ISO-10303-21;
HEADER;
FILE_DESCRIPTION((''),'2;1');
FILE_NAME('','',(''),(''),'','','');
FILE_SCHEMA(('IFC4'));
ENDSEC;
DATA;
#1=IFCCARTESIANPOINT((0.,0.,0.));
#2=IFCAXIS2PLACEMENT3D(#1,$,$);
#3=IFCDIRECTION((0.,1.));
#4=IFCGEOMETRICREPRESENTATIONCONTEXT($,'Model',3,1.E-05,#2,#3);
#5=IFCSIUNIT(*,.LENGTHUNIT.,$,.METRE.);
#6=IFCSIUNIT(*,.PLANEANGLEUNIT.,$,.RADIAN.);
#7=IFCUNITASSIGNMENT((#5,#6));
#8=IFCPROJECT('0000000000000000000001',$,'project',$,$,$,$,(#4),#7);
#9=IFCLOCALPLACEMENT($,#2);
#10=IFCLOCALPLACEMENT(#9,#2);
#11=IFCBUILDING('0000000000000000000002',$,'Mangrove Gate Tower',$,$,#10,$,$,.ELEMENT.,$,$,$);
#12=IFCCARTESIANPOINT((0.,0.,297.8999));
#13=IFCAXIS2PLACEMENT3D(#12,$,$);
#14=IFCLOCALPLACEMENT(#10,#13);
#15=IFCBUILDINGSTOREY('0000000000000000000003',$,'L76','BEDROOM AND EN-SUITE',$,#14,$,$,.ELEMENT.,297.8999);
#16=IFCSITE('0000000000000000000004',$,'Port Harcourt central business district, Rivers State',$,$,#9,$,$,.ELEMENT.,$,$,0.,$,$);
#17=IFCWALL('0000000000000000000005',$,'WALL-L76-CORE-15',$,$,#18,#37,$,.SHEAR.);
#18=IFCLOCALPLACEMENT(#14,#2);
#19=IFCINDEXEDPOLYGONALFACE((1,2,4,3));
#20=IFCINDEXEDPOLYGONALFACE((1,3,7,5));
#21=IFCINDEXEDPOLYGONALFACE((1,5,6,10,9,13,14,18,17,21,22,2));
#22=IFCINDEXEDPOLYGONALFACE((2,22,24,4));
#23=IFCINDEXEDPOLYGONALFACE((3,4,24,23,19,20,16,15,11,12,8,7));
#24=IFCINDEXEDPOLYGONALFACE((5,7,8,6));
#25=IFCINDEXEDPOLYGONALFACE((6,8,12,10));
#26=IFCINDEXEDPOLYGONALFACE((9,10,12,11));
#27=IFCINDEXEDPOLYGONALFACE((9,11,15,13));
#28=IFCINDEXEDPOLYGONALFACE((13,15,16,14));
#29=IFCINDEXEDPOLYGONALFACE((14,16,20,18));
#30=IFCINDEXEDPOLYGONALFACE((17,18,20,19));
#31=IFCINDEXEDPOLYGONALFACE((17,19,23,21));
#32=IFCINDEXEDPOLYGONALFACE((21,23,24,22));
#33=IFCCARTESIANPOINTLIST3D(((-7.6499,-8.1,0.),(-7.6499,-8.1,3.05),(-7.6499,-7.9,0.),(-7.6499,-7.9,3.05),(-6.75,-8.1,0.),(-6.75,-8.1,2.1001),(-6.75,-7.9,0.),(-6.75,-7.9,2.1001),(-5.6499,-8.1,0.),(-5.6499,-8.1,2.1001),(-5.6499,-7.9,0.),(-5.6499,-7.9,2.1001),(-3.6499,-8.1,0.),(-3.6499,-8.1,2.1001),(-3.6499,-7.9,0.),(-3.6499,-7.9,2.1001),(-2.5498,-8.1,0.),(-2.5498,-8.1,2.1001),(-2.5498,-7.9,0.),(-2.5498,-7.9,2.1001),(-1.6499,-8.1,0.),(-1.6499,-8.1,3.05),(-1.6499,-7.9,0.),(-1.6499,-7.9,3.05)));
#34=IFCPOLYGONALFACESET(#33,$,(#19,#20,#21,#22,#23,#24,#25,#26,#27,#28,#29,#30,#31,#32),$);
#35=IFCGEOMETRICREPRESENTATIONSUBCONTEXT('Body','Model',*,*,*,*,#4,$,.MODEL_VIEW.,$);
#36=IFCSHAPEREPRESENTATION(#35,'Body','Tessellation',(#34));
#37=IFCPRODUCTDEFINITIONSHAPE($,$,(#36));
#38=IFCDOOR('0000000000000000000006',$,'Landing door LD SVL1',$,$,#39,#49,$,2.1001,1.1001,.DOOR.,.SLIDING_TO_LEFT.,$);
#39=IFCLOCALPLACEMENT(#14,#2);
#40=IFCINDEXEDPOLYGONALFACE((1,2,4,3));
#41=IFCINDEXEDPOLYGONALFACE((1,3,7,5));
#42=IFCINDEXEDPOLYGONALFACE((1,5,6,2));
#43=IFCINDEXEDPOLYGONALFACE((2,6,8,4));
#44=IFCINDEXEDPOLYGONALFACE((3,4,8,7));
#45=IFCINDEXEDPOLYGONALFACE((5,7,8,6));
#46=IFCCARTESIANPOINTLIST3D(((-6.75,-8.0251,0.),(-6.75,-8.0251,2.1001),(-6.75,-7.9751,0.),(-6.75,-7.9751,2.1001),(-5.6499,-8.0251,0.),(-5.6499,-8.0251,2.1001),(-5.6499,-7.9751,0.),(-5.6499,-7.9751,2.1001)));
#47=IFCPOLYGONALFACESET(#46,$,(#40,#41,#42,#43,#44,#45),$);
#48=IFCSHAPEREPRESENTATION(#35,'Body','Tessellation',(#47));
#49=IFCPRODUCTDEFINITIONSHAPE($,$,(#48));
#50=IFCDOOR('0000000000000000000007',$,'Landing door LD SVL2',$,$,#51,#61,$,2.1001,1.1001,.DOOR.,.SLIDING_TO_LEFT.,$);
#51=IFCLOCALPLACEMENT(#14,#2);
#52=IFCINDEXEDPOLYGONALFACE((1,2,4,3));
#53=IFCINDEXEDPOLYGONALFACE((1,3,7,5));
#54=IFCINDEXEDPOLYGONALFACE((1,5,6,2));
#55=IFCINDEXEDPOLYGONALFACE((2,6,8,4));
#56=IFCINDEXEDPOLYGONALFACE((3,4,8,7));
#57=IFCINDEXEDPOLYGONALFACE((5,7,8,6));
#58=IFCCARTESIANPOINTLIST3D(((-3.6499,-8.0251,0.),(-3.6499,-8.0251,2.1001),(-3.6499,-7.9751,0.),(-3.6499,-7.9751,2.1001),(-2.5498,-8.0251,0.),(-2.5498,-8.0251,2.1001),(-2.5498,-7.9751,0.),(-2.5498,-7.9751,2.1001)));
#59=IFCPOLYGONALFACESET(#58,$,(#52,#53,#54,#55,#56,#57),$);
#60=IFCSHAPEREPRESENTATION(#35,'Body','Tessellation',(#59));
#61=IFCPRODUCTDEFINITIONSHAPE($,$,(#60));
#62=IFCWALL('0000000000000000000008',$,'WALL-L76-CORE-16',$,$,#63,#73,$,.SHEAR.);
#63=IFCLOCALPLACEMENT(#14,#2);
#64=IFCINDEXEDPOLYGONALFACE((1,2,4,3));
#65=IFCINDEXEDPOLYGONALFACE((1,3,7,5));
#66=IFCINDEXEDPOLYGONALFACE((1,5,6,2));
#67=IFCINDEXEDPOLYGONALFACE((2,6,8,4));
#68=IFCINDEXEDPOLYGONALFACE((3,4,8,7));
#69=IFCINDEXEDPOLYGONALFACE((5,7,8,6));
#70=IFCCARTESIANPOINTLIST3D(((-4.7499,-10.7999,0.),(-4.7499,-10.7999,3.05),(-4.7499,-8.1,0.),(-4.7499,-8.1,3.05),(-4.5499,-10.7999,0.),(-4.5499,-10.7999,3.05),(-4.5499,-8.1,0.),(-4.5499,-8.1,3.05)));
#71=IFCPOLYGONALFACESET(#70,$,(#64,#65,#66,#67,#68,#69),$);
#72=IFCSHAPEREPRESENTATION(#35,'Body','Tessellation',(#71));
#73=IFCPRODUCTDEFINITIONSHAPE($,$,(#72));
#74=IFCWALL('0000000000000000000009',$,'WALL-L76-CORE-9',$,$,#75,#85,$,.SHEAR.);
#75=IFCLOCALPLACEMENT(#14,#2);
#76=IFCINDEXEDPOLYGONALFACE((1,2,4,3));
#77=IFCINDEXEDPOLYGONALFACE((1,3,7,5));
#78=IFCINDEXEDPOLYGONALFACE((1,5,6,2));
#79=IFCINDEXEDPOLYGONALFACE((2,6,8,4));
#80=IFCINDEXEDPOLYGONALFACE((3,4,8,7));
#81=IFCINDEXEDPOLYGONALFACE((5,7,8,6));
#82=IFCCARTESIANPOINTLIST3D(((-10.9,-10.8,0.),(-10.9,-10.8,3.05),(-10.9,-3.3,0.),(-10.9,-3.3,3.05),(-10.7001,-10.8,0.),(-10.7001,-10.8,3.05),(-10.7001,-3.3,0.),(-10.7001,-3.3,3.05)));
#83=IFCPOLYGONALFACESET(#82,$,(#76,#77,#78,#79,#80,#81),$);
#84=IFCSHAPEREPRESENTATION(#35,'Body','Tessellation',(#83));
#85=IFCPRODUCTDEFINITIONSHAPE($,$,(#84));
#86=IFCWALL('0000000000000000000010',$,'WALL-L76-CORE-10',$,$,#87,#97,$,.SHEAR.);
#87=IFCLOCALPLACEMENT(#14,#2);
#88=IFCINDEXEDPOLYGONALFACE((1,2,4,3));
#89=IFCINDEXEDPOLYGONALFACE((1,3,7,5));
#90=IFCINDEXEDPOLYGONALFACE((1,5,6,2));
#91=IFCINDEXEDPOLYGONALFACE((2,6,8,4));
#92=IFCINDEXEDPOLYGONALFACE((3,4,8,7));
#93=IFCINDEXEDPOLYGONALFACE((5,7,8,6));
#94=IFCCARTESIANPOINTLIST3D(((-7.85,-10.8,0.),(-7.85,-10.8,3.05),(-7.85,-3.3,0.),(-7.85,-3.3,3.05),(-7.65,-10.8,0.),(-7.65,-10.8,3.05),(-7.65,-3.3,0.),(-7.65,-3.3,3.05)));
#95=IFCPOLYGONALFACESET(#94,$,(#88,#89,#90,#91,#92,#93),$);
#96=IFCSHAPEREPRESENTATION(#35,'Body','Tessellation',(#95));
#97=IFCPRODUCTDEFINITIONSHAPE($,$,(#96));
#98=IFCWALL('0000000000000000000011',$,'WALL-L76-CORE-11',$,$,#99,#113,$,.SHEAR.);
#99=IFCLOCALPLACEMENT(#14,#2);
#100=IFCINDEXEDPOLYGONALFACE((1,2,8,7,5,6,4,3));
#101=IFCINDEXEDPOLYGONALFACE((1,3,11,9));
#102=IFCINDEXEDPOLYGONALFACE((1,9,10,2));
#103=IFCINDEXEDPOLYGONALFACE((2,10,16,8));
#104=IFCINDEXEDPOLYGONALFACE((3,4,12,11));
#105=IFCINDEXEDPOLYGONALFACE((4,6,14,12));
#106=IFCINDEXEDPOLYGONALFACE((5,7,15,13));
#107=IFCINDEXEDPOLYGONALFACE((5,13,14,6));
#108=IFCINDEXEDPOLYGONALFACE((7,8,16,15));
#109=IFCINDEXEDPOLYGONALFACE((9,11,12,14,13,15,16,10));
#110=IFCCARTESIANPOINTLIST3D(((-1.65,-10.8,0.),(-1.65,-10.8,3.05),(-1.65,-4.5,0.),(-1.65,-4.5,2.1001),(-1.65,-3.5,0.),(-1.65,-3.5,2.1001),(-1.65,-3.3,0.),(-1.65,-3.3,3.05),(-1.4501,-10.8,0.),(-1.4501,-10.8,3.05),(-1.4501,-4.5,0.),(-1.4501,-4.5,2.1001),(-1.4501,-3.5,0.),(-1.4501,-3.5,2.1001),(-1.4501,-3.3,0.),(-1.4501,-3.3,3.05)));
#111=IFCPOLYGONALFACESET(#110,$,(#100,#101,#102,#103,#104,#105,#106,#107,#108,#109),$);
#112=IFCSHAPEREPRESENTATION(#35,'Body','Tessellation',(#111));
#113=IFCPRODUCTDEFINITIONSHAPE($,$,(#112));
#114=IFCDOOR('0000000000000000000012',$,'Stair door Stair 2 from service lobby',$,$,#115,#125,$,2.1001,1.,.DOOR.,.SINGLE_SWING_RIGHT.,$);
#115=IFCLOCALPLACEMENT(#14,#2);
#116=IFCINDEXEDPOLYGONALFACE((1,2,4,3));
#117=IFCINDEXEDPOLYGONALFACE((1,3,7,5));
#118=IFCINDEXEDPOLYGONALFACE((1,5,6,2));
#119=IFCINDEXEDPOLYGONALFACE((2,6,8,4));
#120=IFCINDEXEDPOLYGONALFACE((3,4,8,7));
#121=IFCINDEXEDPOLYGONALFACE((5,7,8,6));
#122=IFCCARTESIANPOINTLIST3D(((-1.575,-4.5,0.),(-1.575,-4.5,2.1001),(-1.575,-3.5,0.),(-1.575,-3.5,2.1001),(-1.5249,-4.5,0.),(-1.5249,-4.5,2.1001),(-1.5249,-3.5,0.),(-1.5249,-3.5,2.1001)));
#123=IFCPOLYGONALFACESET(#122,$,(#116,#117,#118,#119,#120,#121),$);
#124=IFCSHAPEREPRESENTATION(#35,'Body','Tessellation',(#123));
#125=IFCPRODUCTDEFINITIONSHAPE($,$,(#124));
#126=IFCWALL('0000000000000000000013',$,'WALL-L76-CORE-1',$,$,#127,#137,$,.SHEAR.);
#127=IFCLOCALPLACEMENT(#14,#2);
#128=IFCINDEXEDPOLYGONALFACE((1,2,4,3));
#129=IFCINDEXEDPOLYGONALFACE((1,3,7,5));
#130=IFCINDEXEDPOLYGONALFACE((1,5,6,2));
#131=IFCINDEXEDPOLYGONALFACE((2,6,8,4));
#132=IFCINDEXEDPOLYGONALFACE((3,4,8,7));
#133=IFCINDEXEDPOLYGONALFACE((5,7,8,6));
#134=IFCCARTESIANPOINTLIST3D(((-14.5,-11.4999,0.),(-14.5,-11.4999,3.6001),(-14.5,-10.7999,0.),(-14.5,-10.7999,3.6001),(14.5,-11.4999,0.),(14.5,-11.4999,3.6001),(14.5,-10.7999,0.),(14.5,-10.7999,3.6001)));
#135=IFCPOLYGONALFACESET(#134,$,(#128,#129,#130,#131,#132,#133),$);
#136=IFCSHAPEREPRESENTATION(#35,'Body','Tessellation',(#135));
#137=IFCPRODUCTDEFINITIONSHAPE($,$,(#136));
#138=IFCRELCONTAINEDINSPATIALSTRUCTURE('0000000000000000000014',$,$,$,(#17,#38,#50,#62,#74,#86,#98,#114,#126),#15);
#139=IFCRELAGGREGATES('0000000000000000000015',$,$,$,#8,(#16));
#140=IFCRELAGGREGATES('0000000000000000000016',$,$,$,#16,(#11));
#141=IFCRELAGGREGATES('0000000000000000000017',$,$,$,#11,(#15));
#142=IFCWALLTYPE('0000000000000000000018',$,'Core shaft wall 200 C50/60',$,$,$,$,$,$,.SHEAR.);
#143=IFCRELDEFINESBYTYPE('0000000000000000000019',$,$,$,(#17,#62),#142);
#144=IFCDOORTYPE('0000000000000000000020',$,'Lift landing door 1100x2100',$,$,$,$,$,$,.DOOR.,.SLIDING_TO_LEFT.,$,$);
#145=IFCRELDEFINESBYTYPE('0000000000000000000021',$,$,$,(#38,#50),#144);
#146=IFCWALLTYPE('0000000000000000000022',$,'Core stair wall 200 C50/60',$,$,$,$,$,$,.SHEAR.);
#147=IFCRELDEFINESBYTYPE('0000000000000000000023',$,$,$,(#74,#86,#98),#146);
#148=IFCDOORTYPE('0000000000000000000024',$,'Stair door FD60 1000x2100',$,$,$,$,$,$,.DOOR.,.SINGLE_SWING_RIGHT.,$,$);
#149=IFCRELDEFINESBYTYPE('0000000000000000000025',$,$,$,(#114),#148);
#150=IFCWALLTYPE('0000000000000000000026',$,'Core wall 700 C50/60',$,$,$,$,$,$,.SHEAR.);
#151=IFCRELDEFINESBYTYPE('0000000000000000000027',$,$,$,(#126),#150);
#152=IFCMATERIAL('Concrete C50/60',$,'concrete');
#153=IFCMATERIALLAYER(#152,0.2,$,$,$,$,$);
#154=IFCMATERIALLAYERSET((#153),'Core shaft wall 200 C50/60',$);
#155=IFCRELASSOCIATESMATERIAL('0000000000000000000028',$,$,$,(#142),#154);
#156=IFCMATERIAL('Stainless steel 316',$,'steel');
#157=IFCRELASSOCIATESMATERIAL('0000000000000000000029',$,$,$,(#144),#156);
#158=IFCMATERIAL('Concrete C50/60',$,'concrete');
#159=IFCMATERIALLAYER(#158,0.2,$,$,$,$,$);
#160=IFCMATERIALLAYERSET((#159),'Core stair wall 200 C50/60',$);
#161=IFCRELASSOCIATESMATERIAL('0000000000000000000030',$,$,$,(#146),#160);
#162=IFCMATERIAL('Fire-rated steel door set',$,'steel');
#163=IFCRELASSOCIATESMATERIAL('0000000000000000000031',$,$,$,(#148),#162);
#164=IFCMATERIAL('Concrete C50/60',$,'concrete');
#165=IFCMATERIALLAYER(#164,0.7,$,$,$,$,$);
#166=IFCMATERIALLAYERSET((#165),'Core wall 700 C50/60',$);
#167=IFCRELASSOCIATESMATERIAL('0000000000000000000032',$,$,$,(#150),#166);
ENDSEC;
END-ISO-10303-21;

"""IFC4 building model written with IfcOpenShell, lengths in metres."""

from ifc_helpers import new_model, si_unit, direction, frame, frame_2d, origin, place, context, subcontext, project, spatial, rectangle, extrude, material, layer, layer_set, type_object, element, fill, save


model = new_model("IFC4")

# Units and contexts
model_context = context("Model", 3, precision=1e-05, world=origin(), true_north=direction((0.0, 1.0)))
body_context = subcontext(model_context, "Body", "Model", "MODEL_VIEW")
ifc_project = project(units=[si_unit("LENGTHUNIT", "METRE"), si_unit("PLANEANGLEUNIT", "RADIAN")], contexts=[model_context])

# Site, building, storey
site_placement = place(None, origin())
site = spatial("IfcSite", under=ifc_project, at=site_placement, Name="Port Harcourt central business district, Rivers State", CompositionType="ELEMENT", RefElevation=0.0)
building_placement = place(site_placement, origin())
building = spatial("IfcBuilding", under=site, at=building_placement, Name="Mangrove Gate Tower", CompositionType="ELEMENT")
storey_placement = place(building_placement, frame((0.0, 0.0, 297.8999)))
storey = spatial("IfcBuildingStorey", under=building, at=storey_placement, Name="L76", Description="BEDROOM AND EN-SUITE", CompositionType="ELEMENT", Elevation=297.8999)

# Wall, openings, doors
ifc_material_1 = material(Name="Concrete C50/60", Category="concrete")
ifc_layer_1 = layer(ifc_material_1, 0.2)
ifc_layer_set_1 = layer_set([ifc_layer_1], Name="Core shaft wall 200 C50/60")
wall_type_1 = type_object("IfcWallType", Name="Core shaft wall 200 C50/60", PredefinedType="SHEAR", material=ifc_layer_set_1)
wall_1_placement = place(storey_placement, frame((-7.6499, -8.0, 0.0), z_axis=(0.0, 0.0, 1.0), x_axis=(1.0, 0.0, 0.0)))
wall_1 = element("IfcWall", 1, at=wall_1_placement, inside=storey, type_object=wall_type_1, Name="WALL-L76-CORE-15", PredefinedType="SHEAR", context=body_context, shape_type="SweptSolid", body=[
    extrude(rectangle(XDim=6.0, YDim=0.2, at=frame_2d((3.0, 0.0))), origin(), (0.0, 0.0, 1.0), 3.05),
])
opening_1_placement = place(wall_1_placement, frame((0.8999, 0.0, 0.0)))
opening_1 = element("IfcOpeningElement", 2, at=opening_1_placement, cuts=wall_1, PredefinedType="OPENING", context=body_context, shape_type="SweptSolid", body=[
    extrude(rectangle(XDim=1.1001, YDim=2.1001, at=frame_2d((0.55, 1.05))), frame((0.0, 0.1099, 0.0), z_axis=(0.0, -1.0, 0.0), x_axis=(1.0, 0.0, 0.0)), (0.0, 0.0, 1.0), 0.22),
])
opening_2_placement = place(wall_1_placement, frame((4.0, 0.0, 0.0)))
opening_2 = element("IfcOpeningElement", 3, at=opening_2_placement, cuts=wall_1, PredefinedType="OPENING", context=body_context, shape_type="SweptSolid", body=[
    extrude(rectangle(XDim=1.1001, YDim=2.1001, at=frame_2d((0.55, 1.05))), frame((0.0, 0.1099, 0.0), z_axis=(0.0, -1.0, 0.0), x_axis=(1.0, 0.0, 0.0)), (0.0, 0.0, 1.0), 0.22),
])
ifc_material_2 = material(Name="Stainless steel 316", Category="steel")
door_type_1 = type_object("IfcDoorType", Name="Lift landing door 1100x2100", OperationType="SLIDING_TO_LEFT", PredefinedType="DOOR", material=ifc_material_2)
door_1_placement = place(opening_1_placement, origin())
door_1 = element("IfcDoor", 4, at=door_1_placement, inside=storey, type_object=door_type_1, Name="Landing door LD SVL1", OperationType="SLIDING_TO_LEFT", OverallHeight=2.1001, OverallWidth=1.1001, PredefinedType="DOOR", context=body_context, shape_type="SweptSolid", body=[
    extrude(rectangle(XDim=1.1001, YDim=2.1001, at=frame_2d((0.55, 1.05))), frame((0.0, 0.0249, 0.0), z_axis=(0.0, -1.0, 0.0), x_axis=(1.0, 0.0, 0.0)), (0.0, 0.0, 1.0), 0.05),
])
fill(opening_1, door_1)
door_2_placement = place(opening_2_placement, origin())
door_2 = element("IfcDoor", 5, at=door_2_placement, inside=storey, type_object=door_type_1, Name="Landing door LD SVL2", OperationType="SLIDING_TO_LEFT", OverallHeight=2.1001, OverallWidth=1.1001, PredefinedType="DOOR", context=body_context, shape_type="SweptSolid", body=[
    extrude(rectangle(XDim=1.1001, YDim=2.1001, at=frame_2d((0.55, 1.05))), frame((0.0, 0.0249, 0.0), z_axis=(0.0, -1.0, 0.0), x_axis=(1.0, 0.0, 0.0)), (0.0, 0.0, 1.0), 0.05),
])
fill(opening_2, door_2)

# Walls
wall_2_placement = place(storey_placement, frame((-4.6499, -10.8, 0.0), z_axis=(0.0, 0.0, 1.0), x_axis=(0.0, 1.0, 0.0)))
element("IfcWall", 6, at=wall_2_placement, inside=storey, type_object=wall_type_1, Name="WALL-L76-CORE-16", PredefinedType="SHEAR", context=body_context, shape_type="SweptSolid", body=[
    extrude(rectangle(XDim=2.7, YDim=0.2, at=frame_2d((1.3501, 0.0))), origin(), (0.0, 0.0, 1.0), 3.05),
])
ifc_material_3 = material(Name="Concrete C50/60", Category="concrete")
ifc_layer_2 = layer(ifc_material_3, 0.2)
ifc_layer_set_2 = layer_set([ifc_layer_2], Name="Core stair wall 200 C50/60")
wall_type_2 = type_object("IfcWallType", Name="Core stair wall 200 C50/60", PredefinedType="SHEAR", material=ifc_layer_set_2)
for number, where, z_axis, x_axis, name in (
    (7, (-10.8, -10.8, 0.0), (0.0, 0.0, 1.0), (0.0, 1.0, 0.0), "WALL-L76-CORE-9"),
    (8, (-7.75, -10.8, 0.0), (0.0, 0.0, 1.0), (0.0, 1.0, 0.0), "WALL-L76-CORE-10"),
):
    element("IfcWall", number, at=place(storey_placement, frame(where, z_axis=z_axis, x_axis=x_axis)), inside=storey, type_object=wall_type_2, Name=name, PredefinedType="SHEAR", context=body_context, shape_type="SweptSolid", body=[
        extrude(rectangle(XDim=7.5, YDim=0.2, at=frame_2d((3.75, 0.0))), origin(), (0.0, 0.0, 1.0), 3.05),
    ])

# Wall, opening, door
wall_3_placement = place(storey_placement, frame((-1.55, -10.8, 0.0), z_axis=(0.0, 0.0, 1.0), x_axis=(0.0, 1.0, 0.0)))
wall_3 = element("IfcWall", 9, at=wall_3_placement, inside=storey, type_object=wall_type_2, Name="WALL-L76-CORE-11", PredefinedType="SHEAR", context=body_context, shape_type="SweptSolid", body=[
    extrude(rectangle(XDim=7.5, YDim=0.2, at=frame_2d((3.75, 0.0))), origin(), (0.0, 0.0, 1.0), 3.05),
])
opening_3_placement = place(wall_3_placement, frame((6.3, 0.0, 0.0)))
opening_3 = element("IfcOpeningElement", 10, at=opening_3_placement, cuts=wall_3, PredefinedType="OPENING", context=body_context, shape_type="SweptSolid", body=[
    extrude(rectangle(XDim=1.0, YDim=2.1001, at=frame_2d((0.5, 1.05))), frame((0.0, 0.1099, 0.0), z_axis=(0.0, -1.0, 0.0), x_axis=(1.0, 0.0, 0.0)), (0.0, 0.0, 1.0), 0.22),
])
ifc_material_4 = material(Name="Fire-rated steel door set", Category="steel")
door_type_2 = type_object("IfcDoorType", Name="Stair door FD60 1000x2100", OperationType="SINGLE_SWING_RIGHT", PredefinedType="DOOR", material=ifc_material_4)
door_3_placement = place(opening_3_placement, origin())
door_3 = element("IfcDoor", 11, at=door_3_placement, inside=storey, type_object=door_type_2, Name="Stair door Stair 2 from service lobby", OperationType="SINGLE_SWING_RIGHT", OverallHeight=2.1001, OverallWidth=1.0, PredefinedType="DOOR", context=body_context, shape_type="SweptSolid", body=[
    extrude(rectangle(XDim=1.0, YDim=2.1001, at=frame_2d((0.5, 1.05))), frame((0.0, 0.0249, 0.0), z_axis=(0.0, -1.0, 0.0), x_axis=(1.0, 0.0, 0.0)), (0.0, 0.0, 1.0), 0.05),
])
fill(opening_3, door_3)

# Wall
ifc_material_5 = material(Name="Concrete C50/60", Category="concrete")
ifc_layer_3 = layer(ifc_material_5, 0.7)
ifc_layer_set_3 = layer_set([ifc_layer_3], Name="Core wall 700 C50/60")
wall_type_3 = type_object("IfcWallType", Name="Core wall 700 C50/60", PredefinedType="SHEAR", material=ifc_layer_set_3)
wall_4_placement = place(storey_placement, frame((-14.5, -11.1499, 0.0), z_axis=(0.0, 0.0, 1.0), x_axis=(1.0, 0.0, 0.0)))
element("IfcWall", 12, at=wall_4_placement, inside=storey, type_object=wall_type_3, Name="WALL-L76-CORE-1", PredefinedType="SHEAR", context=body_context, shape_type="SweptSolid", body=[
    extrude(rectangle(XDim=29.0, YDim=0.7, at=frame_2d((14.5, 0.0))), origin(), (0.0, 0.0, 1.0), 3.6001),
])

save(model, "model.ifc")
